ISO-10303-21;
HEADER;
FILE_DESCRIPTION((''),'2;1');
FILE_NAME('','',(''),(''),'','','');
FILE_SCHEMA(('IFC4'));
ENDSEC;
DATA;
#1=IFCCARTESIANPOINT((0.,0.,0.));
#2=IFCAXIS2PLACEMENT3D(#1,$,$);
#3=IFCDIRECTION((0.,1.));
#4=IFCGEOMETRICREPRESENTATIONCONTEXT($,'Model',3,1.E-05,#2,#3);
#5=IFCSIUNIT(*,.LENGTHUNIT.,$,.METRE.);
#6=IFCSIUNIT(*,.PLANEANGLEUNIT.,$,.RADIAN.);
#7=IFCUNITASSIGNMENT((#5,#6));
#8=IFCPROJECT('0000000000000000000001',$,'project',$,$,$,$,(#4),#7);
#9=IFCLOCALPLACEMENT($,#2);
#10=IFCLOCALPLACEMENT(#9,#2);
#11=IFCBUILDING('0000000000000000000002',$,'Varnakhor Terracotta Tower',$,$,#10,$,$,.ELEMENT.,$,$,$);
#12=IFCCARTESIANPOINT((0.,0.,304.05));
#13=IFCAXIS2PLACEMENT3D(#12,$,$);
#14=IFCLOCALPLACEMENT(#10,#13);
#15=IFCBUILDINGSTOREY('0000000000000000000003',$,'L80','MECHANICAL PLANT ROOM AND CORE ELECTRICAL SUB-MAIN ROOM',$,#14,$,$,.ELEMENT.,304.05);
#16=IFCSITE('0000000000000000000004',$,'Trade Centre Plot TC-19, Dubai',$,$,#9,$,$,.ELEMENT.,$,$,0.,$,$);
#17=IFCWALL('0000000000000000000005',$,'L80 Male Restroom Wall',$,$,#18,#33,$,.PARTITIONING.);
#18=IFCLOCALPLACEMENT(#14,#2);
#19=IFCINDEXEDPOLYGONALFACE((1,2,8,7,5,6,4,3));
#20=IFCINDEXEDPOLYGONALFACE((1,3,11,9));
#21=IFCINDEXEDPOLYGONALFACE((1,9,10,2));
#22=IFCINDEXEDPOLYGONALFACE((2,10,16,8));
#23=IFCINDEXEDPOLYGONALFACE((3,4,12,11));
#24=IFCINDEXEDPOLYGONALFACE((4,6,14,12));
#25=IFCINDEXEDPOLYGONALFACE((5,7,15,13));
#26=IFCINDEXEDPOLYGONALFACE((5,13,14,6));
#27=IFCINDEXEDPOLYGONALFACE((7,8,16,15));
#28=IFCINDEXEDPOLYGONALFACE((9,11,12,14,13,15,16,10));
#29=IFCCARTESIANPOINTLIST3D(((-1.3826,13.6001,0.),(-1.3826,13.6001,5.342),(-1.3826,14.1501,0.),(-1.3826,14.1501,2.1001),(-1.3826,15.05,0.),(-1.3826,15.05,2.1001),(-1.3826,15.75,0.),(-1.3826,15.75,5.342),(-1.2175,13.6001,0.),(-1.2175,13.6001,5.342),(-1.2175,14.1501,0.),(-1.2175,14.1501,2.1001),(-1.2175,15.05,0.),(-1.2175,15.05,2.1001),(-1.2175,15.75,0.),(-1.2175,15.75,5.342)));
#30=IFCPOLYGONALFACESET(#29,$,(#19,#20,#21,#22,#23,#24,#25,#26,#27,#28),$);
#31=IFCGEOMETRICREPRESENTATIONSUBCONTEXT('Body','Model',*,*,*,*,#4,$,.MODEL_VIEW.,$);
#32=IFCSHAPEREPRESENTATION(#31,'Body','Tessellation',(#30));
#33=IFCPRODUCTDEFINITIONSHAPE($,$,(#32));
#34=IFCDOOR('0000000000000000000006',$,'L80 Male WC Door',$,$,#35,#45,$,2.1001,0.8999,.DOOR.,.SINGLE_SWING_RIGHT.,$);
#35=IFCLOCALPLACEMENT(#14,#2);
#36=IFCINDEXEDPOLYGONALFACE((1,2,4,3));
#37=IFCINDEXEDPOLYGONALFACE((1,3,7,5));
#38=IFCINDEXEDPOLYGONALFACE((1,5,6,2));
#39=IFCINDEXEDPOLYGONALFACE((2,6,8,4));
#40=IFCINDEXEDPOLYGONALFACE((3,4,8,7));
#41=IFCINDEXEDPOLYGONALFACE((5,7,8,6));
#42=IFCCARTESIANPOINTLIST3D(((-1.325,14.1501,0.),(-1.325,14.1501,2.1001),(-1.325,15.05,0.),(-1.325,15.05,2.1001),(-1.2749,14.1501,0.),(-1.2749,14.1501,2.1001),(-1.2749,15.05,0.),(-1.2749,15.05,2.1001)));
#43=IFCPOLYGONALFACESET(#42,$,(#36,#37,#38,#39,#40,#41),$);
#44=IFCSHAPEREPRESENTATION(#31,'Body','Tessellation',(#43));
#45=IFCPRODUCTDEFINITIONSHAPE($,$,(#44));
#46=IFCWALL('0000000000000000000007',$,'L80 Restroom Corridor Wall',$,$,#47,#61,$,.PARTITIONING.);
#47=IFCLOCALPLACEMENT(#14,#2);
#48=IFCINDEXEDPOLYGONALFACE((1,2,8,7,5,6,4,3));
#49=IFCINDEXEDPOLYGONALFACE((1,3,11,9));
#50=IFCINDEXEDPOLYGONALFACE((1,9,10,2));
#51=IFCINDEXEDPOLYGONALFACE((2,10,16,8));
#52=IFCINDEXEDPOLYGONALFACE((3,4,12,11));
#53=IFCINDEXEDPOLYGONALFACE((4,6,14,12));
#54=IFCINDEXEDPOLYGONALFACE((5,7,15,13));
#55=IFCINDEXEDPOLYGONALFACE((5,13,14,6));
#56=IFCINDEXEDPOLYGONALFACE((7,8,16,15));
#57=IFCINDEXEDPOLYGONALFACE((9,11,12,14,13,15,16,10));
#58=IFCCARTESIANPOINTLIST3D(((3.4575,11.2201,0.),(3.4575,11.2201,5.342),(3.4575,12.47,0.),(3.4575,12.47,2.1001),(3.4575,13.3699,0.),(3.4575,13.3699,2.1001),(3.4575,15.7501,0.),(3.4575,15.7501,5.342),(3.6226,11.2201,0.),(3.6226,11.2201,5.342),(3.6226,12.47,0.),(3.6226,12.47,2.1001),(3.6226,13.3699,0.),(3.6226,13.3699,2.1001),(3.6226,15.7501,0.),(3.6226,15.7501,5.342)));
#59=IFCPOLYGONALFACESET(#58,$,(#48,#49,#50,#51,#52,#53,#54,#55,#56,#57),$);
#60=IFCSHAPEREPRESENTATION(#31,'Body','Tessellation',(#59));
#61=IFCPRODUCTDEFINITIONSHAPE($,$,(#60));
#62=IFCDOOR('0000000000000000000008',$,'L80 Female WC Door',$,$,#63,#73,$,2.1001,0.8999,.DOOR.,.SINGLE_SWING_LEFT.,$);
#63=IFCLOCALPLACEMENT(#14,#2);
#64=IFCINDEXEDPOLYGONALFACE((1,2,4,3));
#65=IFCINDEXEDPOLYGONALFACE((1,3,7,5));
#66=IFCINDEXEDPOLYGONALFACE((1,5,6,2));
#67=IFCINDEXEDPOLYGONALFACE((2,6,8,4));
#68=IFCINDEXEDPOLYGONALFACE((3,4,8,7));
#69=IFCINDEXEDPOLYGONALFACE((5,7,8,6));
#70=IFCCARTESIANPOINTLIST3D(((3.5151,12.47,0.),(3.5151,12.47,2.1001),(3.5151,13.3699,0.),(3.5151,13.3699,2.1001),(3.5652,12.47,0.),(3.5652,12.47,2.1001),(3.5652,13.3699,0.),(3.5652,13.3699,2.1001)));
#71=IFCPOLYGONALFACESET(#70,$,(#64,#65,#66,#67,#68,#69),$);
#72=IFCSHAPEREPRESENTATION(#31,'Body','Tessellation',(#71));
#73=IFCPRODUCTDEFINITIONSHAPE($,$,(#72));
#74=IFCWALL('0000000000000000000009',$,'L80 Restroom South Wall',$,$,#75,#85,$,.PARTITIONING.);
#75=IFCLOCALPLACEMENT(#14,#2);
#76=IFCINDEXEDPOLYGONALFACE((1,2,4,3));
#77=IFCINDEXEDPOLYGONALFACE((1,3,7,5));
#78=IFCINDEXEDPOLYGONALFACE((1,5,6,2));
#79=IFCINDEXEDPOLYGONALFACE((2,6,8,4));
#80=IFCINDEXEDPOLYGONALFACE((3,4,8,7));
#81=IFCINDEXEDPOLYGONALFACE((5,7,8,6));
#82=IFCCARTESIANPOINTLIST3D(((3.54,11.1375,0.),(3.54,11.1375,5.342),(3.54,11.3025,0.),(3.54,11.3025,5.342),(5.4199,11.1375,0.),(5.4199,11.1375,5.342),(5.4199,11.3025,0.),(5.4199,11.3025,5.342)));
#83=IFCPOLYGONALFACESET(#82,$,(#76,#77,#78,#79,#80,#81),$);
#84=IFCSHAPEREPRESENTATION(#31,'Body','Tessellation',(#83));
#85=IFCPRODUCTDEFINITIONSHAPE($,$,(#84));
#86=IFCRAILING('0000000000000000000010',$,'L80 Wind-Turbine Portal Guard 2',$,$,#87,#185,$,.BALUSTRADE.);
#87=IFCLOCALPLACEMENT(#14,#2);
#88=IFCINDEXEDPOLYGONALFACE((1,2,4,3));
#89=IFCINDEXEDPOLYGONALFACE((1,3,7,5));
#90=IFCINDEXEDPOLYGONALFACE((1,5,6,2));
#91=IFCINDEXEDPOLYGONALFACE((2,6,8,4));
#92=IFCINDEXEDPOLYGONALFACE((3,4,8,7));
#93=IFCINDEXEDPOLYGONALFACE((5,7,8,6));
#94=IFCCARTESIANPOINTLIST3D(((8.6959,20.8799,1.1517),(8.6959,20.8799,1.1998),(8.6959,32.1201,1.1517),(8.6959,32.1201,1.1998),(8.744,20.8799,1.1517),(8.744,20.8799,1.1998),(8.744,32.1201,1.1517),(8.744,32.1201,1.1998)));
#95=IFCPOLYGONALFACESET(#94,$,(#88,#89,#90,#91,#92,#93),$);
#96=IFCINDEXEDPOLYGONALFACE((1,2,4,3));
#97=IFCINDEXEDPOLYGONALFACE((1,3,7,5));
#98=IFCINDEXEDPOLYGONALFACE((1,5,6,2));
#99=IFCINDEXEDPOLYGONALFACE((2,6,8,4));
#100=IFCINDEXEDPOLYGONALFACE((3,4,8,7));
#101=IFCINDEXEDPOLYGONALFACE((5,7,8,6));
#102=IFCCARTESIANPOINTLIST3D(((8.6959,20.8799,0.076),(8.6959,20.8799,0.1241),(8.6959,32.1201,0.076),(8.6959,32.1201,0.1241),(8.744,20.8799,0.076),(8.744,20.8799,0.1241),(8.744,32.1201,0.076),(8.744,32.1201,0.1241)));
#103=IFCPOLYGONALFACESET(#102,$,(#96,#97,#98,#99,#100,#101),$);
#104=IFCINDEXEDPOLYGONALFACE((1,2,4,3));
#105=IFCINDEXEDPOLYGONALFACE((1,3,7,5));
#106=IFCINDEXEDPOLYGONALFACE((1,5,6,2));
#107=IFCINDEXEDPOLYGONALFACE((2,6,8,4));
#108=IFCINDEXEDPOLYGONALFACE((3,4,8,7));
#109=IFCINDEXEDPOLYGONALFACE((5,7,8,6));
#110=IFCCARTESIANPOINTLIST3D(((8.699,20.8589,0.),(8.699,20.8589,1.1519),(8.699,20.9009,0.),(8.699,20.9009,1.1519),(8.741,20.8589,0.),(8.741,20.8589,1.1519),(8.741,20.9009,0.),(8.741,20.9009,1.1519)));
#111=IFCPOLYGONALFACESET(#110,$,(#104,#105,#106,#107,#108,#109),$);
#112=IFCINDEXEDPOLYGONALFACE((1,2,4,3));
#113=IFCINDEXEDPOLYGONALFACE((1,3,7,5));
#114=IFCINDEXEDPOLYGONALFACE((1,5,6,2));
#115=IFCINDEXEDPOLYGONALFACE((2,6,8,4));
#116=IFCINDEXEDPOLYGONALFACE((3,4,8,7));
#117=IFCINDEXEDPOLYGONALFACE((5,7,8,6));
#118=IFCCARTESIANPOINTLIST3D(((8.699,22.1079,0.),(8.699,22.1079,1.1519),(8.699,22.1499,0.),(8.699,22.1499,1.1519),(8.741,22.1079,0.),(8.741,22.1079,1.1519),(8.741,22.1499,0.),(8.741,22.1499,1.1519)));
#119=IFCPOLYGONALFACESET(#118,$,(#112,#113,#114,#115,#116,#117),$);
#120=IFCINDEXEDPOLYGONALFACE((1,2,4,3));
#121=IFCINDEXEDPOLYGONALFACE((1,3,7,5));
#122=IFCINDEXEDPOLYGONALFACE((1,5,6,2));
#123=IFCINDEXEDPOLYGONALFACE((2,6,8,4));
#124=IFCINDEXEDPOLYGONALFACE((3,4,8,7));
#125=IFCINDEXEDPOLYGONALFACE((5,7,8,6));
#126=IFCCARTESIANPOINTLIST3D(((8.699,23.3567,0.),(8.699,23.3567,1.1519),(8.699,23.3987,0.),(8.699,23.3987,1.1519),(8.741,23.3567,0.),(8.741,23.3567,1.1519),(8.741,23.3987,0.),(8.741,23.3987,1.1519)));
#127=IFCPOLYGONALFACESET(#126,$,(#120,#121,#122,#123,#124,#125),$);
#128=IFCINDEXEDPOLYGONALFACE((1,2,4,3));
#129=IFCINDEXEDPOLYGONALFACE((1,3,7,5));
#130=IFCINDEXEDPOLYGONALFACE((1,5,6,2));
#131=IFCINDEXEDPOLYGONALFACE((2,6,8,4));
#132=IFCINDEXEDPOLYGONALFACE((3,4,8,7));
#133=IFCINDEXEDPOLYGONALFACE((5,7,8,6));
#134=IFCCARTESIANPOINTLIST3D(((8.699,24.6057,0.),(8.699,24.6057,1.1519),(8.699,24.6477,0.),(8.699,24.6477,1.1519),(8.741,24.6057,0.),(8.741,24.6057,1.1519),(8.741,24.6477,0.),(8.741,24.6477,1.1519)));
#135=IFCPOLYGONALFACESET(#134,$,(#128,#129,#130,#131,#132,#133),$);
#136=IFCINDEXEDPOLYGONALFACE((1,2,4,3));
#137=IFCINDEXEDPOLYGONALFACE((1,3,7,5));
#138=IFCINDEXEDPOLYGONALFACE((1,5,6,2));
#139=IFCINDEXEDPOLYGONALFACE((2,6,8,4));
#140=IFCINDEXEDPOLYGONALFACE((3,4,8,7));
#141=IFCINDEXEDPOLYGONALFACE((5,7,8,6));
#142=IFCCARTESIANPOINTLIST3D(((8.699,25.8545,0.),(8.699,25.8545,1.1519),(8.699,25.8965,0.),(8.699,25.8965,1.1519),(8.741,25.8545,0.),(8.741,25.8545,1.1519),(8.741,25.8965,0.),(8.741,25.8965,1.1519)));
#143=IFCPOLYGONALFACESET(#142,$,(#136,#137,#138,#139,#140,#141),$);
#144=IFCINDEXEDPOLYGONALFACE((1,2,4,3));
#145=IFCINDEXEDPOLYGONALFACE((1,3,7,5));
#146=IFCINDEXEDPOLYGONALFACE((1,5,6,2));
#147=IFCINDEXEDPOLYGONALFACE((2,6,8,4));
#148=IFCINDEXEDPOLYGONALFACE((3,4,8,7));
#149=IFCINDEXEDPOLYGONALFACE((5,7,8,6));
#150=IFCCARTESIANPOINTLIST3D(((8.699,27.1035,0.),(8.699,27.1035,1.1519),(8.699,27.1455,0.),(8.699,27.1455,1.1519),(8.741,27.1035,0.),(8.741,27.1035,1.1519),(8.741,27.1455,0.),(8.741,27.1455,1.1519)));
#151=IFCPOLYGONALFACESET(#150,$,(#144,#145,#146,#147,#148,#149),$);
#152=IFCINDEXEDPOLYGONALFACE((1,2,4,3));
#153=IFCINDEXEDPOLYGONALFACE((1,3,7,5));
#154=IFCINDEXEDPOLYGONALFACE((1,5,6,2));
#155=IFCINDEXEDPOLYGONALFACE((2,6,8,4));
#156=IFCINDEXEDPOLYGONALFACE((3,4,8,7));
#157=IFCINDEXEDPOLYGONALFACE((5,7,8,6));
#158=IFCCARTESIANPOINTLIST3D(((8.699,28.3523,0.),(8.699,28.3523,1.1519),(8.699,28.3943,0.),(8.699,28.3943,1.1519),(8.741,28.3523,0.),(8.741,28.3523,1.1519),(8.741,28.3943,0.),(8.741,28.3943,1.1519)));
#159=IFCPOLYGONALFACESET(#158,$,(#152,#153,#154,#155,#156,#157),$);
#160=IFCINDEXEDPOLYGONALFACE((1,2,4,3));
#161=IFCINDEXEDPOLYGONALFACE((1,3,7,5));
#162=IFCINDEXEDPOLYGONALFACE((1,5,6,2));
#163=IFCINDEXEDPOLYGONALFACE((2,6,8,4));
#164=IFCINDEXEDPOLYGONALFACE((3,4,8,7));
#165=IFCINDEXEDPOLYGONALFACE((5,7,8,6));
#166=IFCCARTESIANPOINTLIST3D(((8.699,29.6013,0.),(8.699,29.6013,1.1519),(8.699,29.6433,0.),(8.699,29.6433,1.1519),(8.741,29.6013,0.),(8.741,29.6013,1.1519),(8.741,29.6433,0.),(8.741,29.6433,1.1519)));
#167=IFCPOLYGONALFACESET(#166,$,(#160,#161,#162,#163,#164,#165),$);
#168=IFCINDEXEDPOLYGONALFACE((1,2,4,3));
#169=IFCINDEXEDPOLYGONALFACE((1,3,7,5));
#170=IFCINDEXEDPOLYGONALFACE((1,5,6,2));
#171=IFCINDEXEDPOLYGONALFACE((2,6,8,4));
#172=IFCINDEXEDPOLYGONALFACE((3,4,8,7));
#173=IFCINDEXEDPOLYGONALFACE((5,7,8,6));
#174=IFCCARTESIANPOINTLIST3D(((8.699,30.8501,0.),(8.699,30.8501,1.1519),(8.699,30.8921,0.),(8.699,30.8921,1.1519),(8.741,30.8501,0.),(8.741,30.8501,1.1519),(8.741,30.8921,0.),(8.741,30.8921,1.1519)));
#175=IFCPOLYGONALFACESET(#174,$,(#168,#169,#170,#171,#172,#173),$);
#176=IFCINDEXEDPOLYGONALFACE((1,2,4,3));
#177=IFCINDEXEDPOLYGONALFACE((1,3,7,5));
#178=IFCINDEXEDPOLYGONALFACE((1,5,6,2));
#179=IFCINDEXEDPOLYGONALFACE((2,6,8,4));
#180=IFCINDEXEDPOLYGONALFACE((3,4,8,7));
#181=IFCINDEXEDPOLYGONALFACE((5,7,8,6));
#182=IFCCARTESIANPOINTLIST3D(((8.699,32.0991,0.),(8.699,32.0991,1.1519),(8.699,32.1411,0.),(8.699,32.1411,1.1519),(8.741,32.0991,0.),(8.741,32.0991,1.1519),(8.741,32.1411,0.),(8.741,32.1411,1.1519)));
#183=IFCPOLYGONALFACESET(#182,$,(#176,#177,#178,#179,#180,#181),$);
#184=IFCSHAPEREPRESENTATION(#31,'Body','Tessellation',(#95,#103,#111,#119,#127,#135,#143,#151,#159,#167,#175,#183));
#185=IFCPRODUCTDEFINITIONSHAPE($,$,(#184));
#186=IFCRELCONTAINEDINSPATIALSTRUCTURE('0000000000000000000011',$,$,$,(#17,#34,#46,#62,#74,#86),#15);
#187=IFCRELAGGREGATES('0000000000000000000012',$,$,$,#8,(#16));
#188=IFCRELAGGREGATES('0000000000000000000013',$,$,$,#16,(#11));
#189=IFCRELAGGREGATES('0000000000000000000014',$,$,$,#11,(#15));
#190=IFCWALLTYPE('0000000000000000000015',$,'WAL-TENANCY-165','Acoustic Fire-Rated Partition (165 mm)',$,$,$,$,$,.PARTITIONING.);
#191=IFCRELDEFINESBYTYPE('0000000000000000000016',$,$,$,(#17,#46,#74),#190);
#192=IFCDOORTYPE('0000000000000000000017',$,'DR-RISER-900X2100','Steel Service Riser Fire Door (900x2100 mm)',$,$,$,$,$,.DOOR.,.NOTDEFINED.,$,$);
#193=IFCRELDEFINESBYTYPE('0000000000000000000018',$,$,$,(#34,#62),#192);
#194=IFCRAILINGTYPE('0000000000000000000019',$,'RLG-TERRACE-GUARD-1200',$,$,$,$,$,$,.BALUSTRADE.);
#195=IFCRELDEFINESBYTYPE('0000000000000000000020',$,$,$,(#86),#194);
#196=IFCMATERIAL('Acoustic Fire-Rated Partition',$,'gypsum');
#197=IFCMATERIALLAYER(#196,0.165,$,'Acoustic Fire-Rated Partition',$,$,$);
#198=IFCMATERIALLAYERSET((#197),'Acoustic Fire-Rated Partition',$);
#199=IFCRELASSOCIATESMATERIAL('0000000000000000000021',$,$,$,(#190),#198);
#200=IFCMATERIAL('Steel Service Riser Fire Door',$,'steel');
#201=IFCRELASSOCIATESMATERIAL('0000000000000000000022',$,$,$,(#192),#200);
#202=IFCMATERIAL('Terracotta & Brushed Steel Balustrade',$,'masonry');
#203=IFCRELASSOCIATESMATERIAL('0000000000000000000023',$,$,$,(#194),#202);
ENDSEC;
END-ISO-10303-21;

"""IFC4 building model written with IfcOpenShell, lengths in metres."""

from ifc_helpers import new_model, si_unit, direction, frame, frame_2d, origin, origin_2d, place, context, subcontext, project, spatial, rectangle, extrude, source, transform, mapped, material, layer, layer_set, type_object, type_shapes, element, fill, save


model = new_model("IFC4")

# Units and contexts
model_context = context("Model", 3, precision=1e-05, world=origin(), true_north=direction((0.0, 1.0)))
body_context = subcontext(model_context, "Body", "Model", "MODEL_VIEW")
ifc_project = project(units=[si_unit("LENGTHUNIT", "METRE"), si_unit("PLANEANGLEUNIT", "RADIAN")], contexts=[model_context])

# Site, building, storey
site_placement = place(None, origin())
site = spatial("IfcSite", under=ifc_project, at=site_placement, Name="Trade Centre Plot TC-19, Dubai", CompositionType="ELEMENT", RefElevation=0.0)
building_placement = place(site_placement, origin())
building = spatial("IfcBuilding", under=site, at=building_placement, Name="Varnakhor Terracotta Tower", CompositionType="ELEMENT")
storey_placement = place(building_placement, frame((0.0, 0.0, 304.05)))
storey = spatial("IfcBuildingStorey", under=building, at=storey_placement, Name="L80", Description="MECHANICAL PLANT ROOM AND CORE ELECTRICAL SUB-MAIN ROOM", CompositionType="ELEMENT", Elevation=304.05)

# Walls, openings, doors
ifc_material_1 = material(Name="Acoustic Fire-Rated Partition", Category="gypsum")
ifc_layer_1 = layer(ifc_material_1, 0.165, Name="Acoustic Fire-Rated Partition")
ifc_layer_set_1 = layer_set([ifc_layer_1], Name="Acoustic Fire-Rated Partition")
wall_type_1 = type_object("IfcWallType", Name="WAL-TENANCY-165", Description="Acoustic Fire-Rated Partition (165 mm)", PredefinedType="PARTITIONING", material=ifc_layer_set_1)
wall_1_placement = place(storey_placement, frame((-1.3, 13.6001, 0.0), z_axis=(0.0, 0.0, 1.0), x_axis=(0.0, 1.0, 0.0)))
wall_1 = element("IfcWall", 1, at=wall_1_placement, inside=storey, type_object=wall_type_1, Name="L80 Male Restroom Wall", PredefinedType="PARTITIONING", context=body_context, shape_type="SweptSolid", body=[
    extrude(rectangle(XDim=2.1499, YDim=0.165, at=frame_2d((1.075, 0.0))), origin(), (0.0, 0.0, 1.0), 5.342),
])
opening_1_placement = place(wall_1_placement, frame((0.55, 0.0, 0.0)))
opening_1 = element("IfcOpeningElement", 2, at=opening_1_placement, cuts=wall_1, PredefinedType="OPENING", context=body_context, shape_type="SweptSolid", body=[
    extrude(rectangle(XDim=0.8999, YDim=2.1001, at=frame_2d((0.45, 1.05))), frame((0.0, 0.0925, 0.0), z_axis=(0.0, -1.0, 0.0), x_axis=(1.0, 0.0, 0.0)), (0.0, 0.0, 1.0), 0.1851),
])
ifc_material_2 = material(Name="Steel Service Riser Fire Door", Category="steel")
door_type_1 = type_object("IfcDoorType", Name="DR-RISER-900X2100", Description="Steel Service Riser Fire Door (900x2100 mm)", OperationType="NOTDEFINED", PredefinedType="DOOR", material=ifc_material_2)
shared_shape_1 = source(origin(), body_context, "Body", "SweptSolid", [
    extrude(rectangle(XDim=0.8999, YDim=2.1001, at=frame_2d((0.45, 1.05))), frame((0.0, 0.0249, 0.0), z_axis=(0.0, -1.0, 0.0), x_axis=(1.0, 0.0, 0.0)), (0.0, 0.0, 1.0), 0.05),
])
type_shapes(door_type_1, [shared_shape_1])
door_1_placement = place(opening_1_placement, origin())
door_1 = element("IfcDoor", 3, at=door_1_placement, inside=storey, type_object=door_type_1, Name="L80 Male WC Door", OperationType="SINGLE_SWING_RIGHT", OverallHeight=2.1001, OverallWidth=0.8999, PredefinedType="DOOR", context=body_context, shape_type="MappedRepresentation", body=[
    mapped(shared_shape_1, transform((0.0, 0.0, 0.0), scale=1.0)),
])
fill(opening_1, door_1)
wall_2_placement = place(storey_placement, frame((3.54, 11.22, 0.0), z_axis=(0.0, 0.0, 1.0), x_axis=(0.0, 1.0, 0.0)))
wall_2 = element("IfcWall", 4, at=wall_2_placement, inside=storey, type_object=wall_type_1, Name="L80 Restroom Corridor Wall", PredefinedType="PARTITIONING", context=body_context, shape_type="SweptSolid", body=[
    extrude(rectangle(XDim=4.53, YDim=0.165, at=frame_2d((2.2651, 0.0))), origin(), (0.0, 0.0, 1.0), 5.342),
])
opening_2_placement = place(wall_2_placement, frame((1.25, 0.0, 0.0)))
opening_2 = element("IfcOpeningElement", 5, at=opening_2_placement, cuts=wall_2, PredefinedType="OPENING", context=body_context, shape_type="SweptSolid", body=[
    extrude(rectangle(XDim=0.8999, YDim=2.1001, at=frame_2d((0.45, 1.05))), frame((0.0, 0.0925, 0.0), z_axis=(0.0, -1.0, 0.0), x_axis=(1.0, 0.0, 0.0)), (0.0, 0.0, 1.0), 0.1851),
])
door_2_placement = place(opening_2_placement, origin())
door_2 = element("IfcDoor", 6, at=door_2_placement, inside=storey, type_object=door_type_1, Name="L80 Female WC Door", OperationType="SINGLE_SWING_LEFT", OverallHeight=2.1001, OverallWidth=0.8999, PredefinedType="DOOR", context=body_context, shape_type="MappedRepresentation", body=[
    mapped(shared_shape_1, transform((0.0, 0.0, 0.0), scale=1.0)),
])
fill(opening_2, door_2)

# Wall
wall_3_placement = place(storey_placement, frame((3.54, 11.22, 0.0), z_axis=(0.0, 0.0, 1.0), x_axis=(1.0, 0.0, 0.0)))
element("IfcWall", 7, at=wall_3_placement, inside=storey, type_object=wall_type_1, Name="L80 Restroom South Wall", PredefinedType="PARTITIONING", context=body_context, shape_type="SweptSolid", body=[
    extrude(rectangle(XDim=1.8799, YDim=0.165, at=frame_2d((0.9399, 0.0))), origin(), (0.0, 0.0, 1.0), 5.342),
])

# Railing
ifc_material_3 = material(Name="Terracotta & Brushed Steel Balustrade", Category="masonry")
railing_type = type_object("IfcRailingType", Name="RLG-TERRACE-GUARD-1200", PredefinedType="BALUSTRADE", material=ifc_material_3)
railing_placement = place(storey_placement, frame((8.72, 20.8799, 0.0)))
element("IfcRailing", 8, at=railing_placement, inside=storey, type_object=railing_type, Name="L80 Wind-Turbine Portal Guard 2", PredefinedType="BALUSTRADE", context=body_context, shape_type="SweptSolid", body=[
    extrude(rectangle(XDim=0.0481, YDim=0.0481, at=origin_2d()), frame((0.0, 0.0, 1.1758), z_axis=(0.0, 1.0, 0.0), x_axis=(-1.0, 0.0, 0.0)), (0.0, 0.0, 1.0), 11.2402),
    extrude(rectangle(XDim=0.0481, YDim=0.0481, at=origin_2d()), frame((0.0, 0.0, 0.1001), z_axis=(0.0, 1.0, 0.0), x_axis=(-1.0, 0.0, 0.0)), (0.0, 0.0, 1.0), 11.2402),
    extrude(rectangle(XDim=0.042, YDim=0.042, at=origin_2d()), origin(), (0.0, 0.0, 1.0), 1.1519),
    extrude(rectangle(XDim=0.042, YDim=0.042, at=origin_2d()), frame((0.0, 1.249, 0.0)), (0.0, 0.0, 1.0), 1.1519),
    extrude(rectangle(XDim=0.042, YDim=0.042, at=origin_2d()), frame((0.0, 2.4978, 0.0)), (0.0, 0.0, 1.0), 1.1519),
    extrude(rectangle(XDim=0.042, YDim=0.042, at=origin_2d()), frame((0.0, 3.7468, 0.0)), (0.0, 0.0, 1.0), 1.1519),
    extrude(rectangle(XDim=0.042, YDim=0.042, at=origin_2d()), frame((0.0, 4.9956, 0.0)), (0.0, 0.0, 1.0), 1.1519),
    extrude(rectangle(XDim=0.042, YDim=0.042, at=origin_2d()), frame((0.0, 6.2446, 0.0)), (0.0, 0.0, 1.0), 1.1519),
    extrude(rectangle(XDim=0.042, YDim=0.042, at=origin_2d()), frame((0.0, 7.4934, 0.0)), (0.0, 0.0, 1.0), 1.1519),
    extrude(rectangle(XDim=0.042, YDim=0.042, at=origin_2d()), frame((0.0, 8.7424, 0.0)), (0.0, 0.0, 1.0), 1.1519),
    extrude(rectangle(XDim=0.042, YDim=0.042, at=origin_2d()), frame((0.0, 9.9912, 0.0)), (0.0, 0.0, 1.0), 1.1519),
    extrude(rectangle(XDim=0.042, YDim=0.042, at=origin_2d()), frame((0.0, 11.2402, 0.0)), (0.0, 0.0, 1.0), 1.1519),
])

save(model, "model.ifc")
